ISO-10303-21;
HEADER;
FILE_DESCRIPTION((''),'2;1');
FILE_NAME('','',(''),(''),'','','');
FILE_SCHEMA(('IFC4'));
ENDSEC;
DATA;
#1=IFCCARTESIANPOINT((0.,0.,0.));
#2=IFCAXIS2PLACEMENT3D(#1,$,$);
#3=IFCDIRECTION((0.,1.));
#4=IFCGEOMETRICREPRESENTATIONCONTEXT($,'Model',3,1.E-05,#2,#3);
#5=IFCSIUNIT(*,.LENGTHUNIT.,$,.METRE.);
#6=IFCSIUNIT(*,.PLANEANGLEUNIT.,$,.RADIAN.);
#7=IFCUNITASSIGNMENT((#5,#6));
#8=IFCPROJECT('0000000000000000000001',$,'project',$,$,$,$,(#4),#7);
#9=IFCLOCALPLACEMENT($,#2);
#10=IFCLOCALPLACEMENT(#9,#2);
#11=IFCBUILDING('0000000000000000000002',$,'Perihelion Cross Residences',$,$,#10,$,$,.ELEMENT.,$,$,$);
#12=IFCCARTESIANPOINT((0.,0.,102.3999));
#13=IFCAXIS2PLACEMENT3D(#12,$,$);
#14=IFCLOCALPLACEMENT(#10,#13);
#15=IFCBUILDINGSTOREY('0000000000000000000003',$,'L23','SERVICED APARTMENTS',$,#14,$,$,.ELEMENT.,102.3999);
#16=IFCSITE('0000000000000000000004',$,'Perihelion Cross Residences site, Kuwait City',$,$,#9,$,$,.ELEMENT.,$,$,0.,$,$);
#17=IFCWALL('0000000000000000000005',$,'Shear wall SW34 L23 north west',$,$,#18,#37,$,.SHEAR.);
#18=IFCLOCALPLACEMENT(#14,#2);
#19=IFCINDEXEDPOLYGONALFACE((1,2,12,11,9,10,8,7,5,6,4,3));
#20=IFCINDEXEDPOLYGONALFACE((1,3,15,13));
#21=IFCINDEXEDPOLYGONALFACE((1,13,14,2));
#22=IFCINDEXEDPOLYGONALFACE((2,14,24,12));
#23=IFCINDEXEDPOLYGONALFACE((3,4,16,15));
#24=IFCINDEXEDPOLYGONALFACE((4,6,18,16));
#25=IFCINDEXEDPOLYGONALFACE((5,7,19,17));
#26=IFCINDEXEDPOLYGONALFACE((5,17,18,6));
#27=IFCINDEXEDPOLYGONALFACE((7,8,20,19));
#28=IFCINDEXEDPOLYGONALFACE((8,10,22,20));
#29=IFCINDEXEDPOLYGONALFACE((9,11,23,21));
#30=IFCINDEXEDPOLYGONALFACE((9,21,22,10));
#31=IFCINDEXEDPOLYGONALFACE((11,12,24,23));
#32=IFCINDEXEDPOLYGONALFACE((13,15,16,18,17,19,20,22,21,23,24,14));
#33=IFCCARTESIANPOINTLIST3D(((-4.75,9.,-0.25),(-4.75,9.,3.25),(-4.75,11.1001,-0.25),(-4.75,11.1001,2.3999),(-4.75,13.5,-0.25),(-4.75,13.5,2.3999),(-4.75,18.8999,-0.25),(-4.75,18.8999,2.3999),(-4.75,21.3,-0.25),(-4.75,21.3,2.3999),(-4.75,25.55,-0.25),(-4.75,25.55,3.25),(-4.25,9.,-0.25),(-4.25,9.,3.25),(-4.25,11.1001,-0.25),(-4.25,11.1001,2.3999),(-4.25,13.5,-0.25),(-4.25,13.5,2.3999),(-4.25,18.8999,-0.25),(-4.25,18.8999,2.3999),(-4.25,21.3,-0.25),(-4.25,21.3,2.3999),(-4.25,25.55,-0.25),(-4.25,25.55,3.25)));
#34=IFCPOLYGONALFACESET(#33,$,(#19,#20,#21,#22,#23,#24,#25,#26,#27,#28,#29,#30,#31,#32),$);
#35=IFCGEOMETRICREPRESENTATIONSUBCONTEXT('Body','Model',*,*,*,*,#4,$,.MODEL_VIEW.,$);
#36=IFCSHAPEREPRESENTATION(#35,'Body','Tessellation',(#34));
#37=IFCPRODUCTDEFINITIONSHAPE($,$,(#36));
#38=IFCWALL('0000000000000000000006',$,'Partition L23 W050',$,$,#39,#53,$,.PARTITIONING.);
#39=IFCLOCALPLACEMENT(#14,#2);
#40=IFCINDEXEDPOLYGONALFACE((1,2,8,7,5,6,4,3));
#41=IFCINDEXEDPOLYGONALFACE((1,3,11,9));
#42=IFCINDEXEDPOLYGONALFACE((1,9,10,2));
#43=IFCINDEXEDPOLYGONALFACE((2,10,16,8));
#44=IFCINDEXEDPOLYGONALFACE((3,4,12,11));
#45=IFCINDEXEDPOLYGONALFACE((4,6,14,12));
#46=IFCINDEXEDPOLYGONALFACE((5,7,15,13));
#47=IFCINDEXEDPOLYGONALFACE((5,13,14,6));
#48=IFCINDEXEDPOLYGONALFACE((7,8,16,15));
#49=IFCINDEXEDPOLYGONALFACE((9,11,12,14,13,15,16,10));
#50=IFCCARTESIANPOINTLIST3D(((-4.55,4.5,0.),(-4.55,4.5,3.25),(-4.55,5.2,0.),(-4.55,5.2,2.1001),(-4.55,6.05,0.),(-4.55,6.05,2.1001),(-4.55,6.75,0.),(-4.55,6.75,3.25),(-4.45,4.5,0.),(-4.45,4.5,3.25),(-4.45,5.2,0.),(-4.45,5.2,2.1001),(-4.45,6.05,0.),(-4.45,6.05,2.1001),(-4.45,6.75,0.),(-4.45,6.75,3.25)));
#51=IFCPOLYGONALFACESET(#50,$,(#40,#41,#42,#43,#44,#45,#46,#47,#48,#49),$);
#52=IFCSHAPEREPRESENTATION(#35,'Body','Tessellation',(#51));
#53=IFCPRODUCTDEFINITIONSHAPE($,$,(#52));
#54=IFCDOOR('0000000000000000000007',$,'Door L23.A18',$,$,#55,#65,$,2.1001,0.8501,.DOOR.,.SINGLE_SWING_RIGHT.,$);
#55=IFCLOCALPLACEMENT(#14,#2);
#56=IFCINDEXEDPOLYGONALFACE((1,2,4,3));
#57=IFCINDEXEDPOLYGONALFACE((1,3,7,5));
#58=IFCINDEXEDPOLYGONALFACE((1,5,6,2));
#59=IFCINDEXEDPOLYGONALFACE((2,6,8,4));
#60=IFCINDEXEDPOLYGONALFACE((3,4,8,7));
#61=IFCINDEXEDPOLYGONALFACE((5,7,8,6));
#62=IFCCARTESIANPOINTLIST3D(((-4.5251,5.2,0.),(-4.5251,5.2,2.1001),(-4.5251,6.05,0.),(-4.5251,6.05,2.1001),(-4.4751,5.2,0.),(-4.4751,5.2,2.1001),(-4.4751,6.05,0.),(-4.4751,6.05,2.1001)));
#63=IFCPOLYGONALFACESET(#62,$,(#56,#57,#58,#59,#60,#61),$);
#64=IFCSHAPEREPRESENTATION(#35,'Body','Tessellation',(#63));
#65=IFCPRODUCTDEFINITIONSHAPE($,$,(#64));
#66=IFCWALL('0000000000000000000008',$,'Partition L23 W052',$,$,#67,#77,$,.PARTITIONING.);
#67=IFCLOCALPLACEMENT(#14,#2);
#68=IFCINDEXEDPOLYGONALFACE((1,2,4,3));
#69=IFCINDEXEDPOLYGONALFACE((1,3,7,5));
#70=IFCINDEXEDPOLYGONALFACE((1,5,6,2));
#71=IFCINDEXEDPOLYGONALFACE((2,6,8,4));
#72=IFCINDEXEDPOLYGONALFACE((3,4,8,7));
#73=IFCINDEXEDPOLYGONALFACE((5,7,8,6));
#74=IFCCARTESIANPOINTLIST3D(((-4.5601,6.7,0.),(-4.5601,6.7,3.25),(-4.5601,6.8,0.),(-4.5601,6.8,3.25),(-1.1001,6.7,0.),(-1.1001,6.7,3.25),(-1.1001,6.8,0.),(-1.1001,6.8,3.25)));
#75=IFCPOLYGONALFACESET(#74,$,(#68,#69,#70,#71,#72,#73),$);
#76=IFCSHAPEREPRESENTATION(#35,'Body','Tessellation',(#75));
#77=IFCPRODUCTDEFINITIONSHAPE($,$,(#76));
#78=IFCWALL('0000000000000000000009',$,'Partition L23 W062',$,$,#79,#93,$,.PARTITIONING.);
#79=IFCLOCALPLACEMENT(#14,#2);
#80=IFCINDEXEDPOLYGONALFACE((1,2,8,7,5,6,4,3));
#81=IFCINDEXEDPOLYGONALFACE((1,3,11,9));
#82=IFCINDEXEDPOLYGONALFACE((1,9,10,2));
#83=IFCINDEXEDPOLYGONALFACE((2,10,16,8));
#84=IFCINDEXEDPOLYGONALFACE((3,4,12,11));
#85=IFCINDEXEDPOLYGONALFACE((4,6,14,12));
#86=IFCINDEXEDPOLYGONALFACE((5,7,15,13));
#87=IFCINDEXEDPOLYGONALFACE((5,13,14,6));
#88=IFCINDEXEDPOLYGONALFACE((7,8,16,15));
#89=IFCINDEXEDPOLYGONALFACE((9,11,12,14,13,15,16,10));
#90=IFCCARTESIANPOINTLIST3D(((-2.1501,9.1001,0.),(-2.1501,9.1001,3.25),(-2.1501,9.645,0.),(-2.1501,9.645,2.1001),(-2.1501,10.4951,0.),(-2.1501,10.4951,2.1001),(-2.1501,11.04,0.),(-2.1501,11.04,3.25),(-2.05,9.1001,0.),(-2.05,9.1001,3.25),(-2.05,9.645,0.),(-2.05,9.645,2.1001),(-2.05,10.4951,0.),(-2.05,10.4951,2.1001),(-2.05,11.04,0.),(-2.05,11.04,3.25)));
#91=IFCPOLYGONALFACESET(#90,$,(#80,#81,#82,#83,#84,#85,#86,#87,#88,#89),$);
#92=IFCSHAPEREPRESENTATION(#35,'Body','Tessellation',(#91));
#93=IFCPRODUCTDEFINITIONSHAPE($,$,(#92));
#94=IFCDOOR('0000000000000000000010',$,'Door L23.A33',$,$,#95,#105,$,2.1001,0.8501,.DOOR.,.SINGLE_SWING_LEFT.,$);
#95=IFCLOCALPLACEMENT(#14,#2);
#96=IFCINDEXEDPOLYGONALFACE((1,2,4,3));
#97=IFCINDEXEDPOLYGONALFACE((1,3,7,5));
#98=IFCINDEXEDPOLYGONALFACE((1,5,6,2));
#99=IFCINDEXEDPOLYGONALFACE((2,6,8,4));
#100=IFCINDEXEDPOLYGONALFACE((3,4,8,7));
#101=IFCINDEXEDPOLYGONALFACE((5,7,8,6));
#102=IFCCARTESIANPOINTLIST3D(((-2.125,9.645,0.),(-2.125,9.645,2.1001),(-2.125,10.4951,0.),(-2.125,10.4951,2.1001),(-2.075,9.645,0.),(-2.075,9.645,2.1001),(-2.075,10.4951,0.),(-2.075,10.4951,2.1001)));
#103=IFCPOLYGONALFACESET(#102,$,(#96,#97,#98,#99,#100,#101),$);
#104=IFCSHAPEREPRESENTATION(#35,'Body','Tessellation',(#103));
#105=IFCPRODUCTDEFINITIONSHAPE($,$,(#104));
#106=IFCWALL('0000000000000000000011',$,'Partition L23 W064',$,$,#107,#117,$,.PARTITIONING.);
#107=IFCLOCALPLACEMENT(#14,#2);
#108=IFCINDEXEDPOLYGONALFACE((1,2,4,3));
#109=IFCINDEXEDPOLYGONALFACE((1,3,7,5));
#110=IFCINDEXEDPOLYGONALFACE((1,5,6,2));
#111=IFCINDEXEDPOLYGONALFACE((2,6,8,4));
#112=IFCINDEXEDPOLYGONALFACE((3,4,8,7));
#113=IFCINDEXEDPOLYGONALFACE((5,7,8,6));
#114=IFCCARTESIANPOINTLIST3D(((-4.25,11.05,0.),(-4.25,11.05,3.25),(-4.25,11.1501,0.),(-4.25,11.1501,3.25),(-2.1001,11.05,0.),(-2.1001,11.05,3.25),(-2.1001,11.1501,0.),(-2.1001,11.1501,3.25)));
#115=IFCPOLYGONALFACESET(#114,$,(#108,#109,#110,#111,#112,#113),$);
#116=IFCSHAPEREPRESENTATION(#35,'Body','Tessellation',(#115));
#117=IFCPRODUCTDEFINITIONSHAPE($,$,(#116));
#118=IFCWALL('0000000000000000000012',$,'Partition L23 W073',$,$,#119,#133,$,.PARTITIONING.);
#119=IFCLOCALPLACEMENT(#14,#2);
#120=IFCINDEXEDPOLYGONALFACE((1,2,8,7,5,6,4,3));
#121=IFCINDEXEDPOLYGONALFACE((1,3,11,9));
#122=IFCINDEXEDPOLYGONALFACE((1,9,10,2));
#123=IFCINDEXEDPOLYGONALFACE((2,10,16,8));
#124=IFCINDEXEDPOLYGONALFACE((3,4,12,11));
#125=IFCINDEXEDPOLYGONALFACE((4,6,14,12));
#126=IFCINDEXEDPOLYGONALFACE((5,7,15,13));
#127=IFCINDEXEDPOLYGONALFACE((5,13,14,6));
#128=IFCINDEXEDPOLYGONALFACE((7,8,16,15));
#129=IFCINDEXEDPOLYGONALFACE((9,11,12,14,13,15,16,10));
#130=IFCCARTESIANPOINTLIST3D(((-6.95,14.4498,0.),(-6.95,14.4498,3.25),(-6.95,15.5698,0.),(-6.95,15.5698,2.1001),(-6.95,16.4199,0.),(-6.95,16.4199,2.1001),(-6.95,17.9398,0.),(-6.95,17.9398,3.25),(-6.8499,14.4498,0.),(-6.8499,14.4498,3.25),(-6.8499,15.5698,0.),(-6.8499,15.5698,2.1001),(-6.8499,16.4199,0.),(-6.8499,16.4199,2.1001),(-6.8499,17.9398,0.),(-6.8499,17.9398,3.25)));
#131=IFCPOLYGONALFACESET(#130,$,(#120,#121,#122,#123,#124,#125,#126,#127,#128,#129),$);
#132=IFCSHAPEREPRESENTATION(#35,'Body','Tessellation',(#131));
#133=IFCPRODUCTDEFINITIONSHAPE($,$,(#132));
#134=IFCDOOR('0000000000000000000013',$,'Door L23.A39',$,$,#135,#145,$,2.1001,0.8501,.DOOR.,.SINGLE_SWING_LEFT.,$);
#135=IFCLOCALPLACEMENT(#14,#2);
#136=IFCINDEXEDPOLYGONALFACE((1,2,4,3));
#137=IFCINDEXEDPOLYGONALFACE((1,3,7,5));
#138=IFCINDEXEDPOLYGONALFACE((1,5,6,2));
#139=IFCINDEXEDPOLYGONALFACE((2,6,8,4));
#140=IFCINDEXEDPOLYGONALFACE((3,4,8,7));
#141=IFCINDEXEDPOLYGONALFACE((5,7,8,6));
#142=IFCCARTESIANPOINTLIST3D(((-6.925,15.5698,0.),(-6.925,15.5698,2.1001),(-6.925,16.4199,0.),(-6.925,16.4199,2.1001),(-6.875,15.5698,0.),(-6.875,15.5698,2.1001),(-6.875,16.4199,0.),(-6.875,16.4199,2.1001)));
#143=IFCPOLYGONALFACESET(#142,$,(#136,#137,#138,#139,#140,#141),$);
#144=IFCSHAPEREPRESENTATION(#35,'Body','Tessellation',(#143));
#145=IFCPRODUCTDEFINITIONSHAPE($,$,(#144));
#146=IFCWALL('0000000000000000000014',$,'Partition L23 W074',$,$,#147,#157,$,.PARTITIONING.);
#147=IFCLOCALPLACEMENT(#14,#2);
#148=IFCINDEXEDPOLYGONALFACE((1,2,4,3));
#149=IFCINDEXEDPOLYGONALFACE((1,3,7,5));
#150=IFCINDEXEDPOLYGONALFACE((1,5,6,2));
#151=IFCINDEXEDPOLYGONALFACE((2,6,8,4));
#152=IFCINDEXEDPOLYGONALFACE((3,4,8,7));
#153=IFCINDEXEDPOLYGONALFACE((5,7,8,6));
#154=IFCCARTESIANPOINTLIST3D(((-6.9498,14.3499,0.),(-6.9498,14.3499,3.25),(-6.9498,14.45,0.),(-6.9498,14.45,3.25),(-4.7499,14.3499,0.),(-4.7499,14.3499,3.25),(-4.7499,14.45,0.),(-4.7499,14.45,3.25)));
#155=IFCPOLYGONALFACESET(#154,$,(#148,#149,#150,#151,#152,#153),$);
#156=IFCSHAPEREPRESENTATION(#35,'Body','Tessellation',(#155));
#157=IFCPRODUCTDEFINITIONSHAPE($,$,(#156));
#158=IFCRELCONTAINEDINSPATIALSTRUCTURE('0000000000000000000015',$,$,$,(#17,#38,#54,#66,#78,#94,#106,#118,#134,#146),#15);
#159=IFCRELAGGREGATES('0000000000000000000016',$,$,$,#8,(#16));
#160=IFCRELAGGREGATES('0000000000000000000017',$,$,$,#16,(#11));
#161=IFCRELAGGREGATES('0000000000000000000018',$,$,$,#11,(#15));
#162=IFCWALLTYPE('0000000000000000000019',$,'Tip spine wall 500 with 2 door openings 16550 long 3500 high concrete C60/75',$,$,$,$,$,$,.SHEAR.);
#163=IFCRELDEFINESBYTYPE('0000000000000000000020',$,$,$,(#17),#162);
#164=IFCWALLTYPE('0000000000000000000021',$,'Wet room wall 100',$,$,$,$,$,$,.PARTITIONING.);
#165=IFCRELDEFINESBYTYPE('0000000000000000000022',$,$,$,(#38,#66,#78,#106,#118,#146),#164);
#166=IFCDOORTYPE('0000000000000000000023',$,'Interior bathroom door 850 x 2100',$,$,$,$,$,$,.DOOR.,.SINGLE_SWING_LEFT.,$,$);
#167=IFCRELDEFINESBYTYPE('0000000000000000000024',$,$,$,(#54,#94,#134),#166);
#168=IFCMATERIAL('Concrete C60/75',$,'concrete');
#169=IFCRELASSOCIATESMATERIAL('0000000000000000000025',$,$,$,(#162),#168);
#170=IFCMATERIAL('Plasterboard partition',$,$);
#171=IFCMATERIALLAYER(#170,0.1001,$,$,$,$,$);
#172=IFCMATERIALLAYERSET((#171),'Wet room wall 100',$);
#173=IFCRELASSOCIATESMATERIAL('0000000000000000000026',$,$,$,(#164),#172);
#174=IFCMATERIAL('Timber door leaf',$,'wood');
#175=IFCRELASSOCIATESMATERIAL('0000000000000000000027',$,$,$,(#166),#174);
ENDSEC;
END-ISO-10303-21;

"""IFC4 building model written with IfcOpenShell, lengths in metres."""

from ifc_helpers import new_model, si_unit, direction, frame, frame_2d, origin, place, context, subcontext, project, spatial, polyline, rectangle, outline, extrude, material, layer, layer_set, material_profile, profile_set, type_object, element, fill, save


model = new_model("IFC4")

# Units and contexts
model_context = context("Model", 3, precision=1e-05, world=origin(), true_north=direction((0.0, 1.0)))
body_context = subcontext(model_context, "Body", "Model", "MODEL_VIEW")
ifc_project = project(units=[si_unit("LENGTHUNIT", "METRE"), si_unit("PLANEANGLEUNIT", "RADIAN")], contexts=[model_context])

# Site, building, storey
site_placement = place(None, origin())
site = spatial("IfcSite", under=ifc_project, at=site_placement, Name="Perihelion Cross Residences site, Kuwait City", CompositionType="ELEMENT", RefElevation=0.0)
building_placement = place(site_placement, origin())
building = spatial("IfcBuilding", under=site, at=building_placement, Name="Perihelion Cross Residences", CompositionType="ELEMENT")
storey_placement = place(building_placement, frame((0.0, 0.0, 102.3999)))
storey = spatial("IfcBuildingStorey", under=building, at=storey_placement, Name="L23", Description="SERVICED APARTMENTS", CompositionType="ELEMENT", Elevation=102.3999)

# Wall
ifc_material_1 = material(Name="Concrete C60/75", Category="concrete")
ifc_material_profile_1 = material_profile(ifc_material_1, outline(polyline([(0.0, 0.0), (2.1001, 0.0), (2.1001, 2.6499), (4.5, 2.6499), (4.5, 0.0), (9.8999, 0.0), (9.8999, 2.6499), (12.3, 2.6499), (12.3, 0.0), (16.55, 0.0), (16.55, 3.5), (0.0, 3.5), (0.0, 0.0)])), Name="Tip spine wall")
ifc_profile_set_1 = profile_set([ifc_material_profile_1], Name="Concrete C60/75")
wall_type_1 = type_object("IfcWallType", Name="Tip spine wall 500 with 2 door openings 16550 long 3500 high concrete C60/75", PredefinedType="SHEAR", material=ifc_profile_set_1)
wall_1_placement = place(storey_placement, frame((-4.75, 9.0, -0.25), z_axis=(1.0, 0.0, 0.0), x_axis=(0.0, 1.0, 0.0)))
element("IfcWall", 1, at=wall_1_placement, inside=storey, type_object=wall_type_1, Name="Shear wall SW34 L23 north west", PredefinedType="SHEAR", context=body_context, shape_type="SweptSolid", body=[
    extrude(outline(polyline([(0.0, 0.0), (2.1001, 0.0), (2.1001, 2.6499), (4.5, 2.6499), (4.5, 0.0), (9.8999, 0.0), (9.8999, 2.6499), (12.3, 2.6499), (12.3, 0.0), (16.55, 0.0), (16.55, 3.5), (0.0, 3.5), (0.0, 0.0)])), origin(), (0.0, 0.0, 1.0), 0.5),
])

# Wall, opening, door
ifc_material_2 = material(Name="Plasterboard partition")
ifc_layer_1 = layer(ifc_material_2, 0.1001)
ifc_layer_set_1 = layer_set([ifc_layer_1], Name="Wet room wall 100")
wall_type_2 = type_object("IfcWallType", Name="Wet room wall 100", PredefinedType="PARTITIONING", material=ifc_layer_set_1)
wall_2_placement = place(storey_placement, frame((-4.5, 6.75, 0.0), z_axis=(0.0, 0.0, 1.0), x_axis=(0.0, -1.0, 0.0)))
wall_2 = element("IfcWall", 2, at=wall_2_placement, inside=storey, type_object=wall_type_2, Name="Partition L23 W050", PredefinedType="PARTITIONING", context=body_context, shape_type="SweptSolid", body=[
    extrude(rectangle(XDim=2.25, YDim=0.1001, at=frame_2d((1.125, 0.0))), origin(), (0.0, 0.0, 1.0), 3.25),
])
opening_1_placement = place(wall_2_placement, frame((0.7, 0.0, 0.0)))
opening_1 = element("IfcOpeningElement", 3, at=opening_1_placement, cuts=wall_2, PredefinedType="OPENING", context=body_context, shape_type="SweptSolid", body=[
    extrude(rectangle(XDim=0.8501, YDim=2.1001, at=frame_2d((0.425, 1.05))), frame((0.0, 0.0601, 0.0), z_axis=(0.0, -1.0, 0.0), x_axis=(1.0, 0.0, 0.0)), (0.0, 0.0, 1.0), 0.1201),
])
ifc_material_3 = material(Name="Timber door leaf", Category="wood")
door_type_1 = type_object("IfcDoorType", Name="Interior bathroom door 850 x 2100", OperationType="SINGLE_SWING_LEFT", PredefinedType="DOOR", material=ifc_material_3)
door_1_placement = place(opening_1_placement, origin())
door_1 = element("IfcDoor", 4, at=door_1_placement, inside=storey, type_object=door_type_1, Name="Door L23.A18", OperationType="SINGLE_SWING_RIGHT", OverallHeight=2.1001, OverallWidth=0.8501, PredefinedType="DOOR", context=body_context, shape_type="SweptSolid", body=[
    extrude(rectangle(XDim=0.8501, YDim=2.1001, at=frame_2d((0.425, 1.05))), frame((0.0, 0.0249, 0.0), z_axis=(0.0, -1.0, 0.0), x_axis=(1.0, 0.0, 0.0)), (0.0, 0.0, 1.0), 0.05),
])
fill(opening_1, door_1)

# Wall
wall_3_placement = place(storey_placement, frame((-4.5601, 6.75, 0.0), z_axis=(0.0, 0.0, 1.0), x_axis=(1.0, 0.0, 0.0)))
element("IfcWall", 5, at=wall_3_placement, inside=storey, type_object=wall_type_2, Name="Partition L23 W052", PredefinedType="PARTITIONING", context=body_context, shape_type="SweptSolid", body=[
    extrude(rectangle(XDim=3.46, YDim=0.1001, at=frame_2d((1.73, 0.0))), origin(), (0.0, 0.0, 1.0), 3.25),
])

# Wall, opening, door
wall_4_placement = place(storey_placement, frame((-2.1001, 9.1001, 0.0), z_axis=(0.0, 0.0, 1.0), x_axis=(0.0, 1.0, 0.0)))
wall_4 = element("IfcWall", 6, at=wall_4_placement, inside=storey, type_object=wall_type_2, Name="Partition L23 W062", PredefinedType="PARTITIONING", context=body_context, shape_type="SweptSolid", body=[
    extrude(rectangle(XDim=1.9399, YDim=0.1001, at=frame_2d((0.97, 0.0))), origin(), (0.0, 0.0, 1.0), 3.25),
])
opening_2_placement = place(wall_4_placement, frame((0.5449, 0.0, 0.0)))
opening_2 = element("IfcOpeningElement", 7, at=opening_2_placement, cuts=wall_4, PredefinedType="OPENING", context=body_context, shape_type="SweptSolid", body=[
    extrude(rectangle(XDim=0.8501, YDim=2.1001, at=frame_2d((0.425, 1.05))), frame((0.0, 0.0601, 0.0), z_axis=(0.0, -1.0, 0.0), x_axis=(1.0, 0.0, 0.0)), (0.0, 0.0, 1.0), 0.1201),
])
door_2_placement = place(opening_2_placement, origin())
door_2 = element("IfcDoor", 8, at=door_2_placement, inside=storey, type_object=door_type_1, Name="Door L23.A33", OperationType="SINGLE_SWING_LEFT", OverallHeight=2.1001, OverallWidth=0.8501, PredefinedType="DOOR", context=body_context, shape_type="SweptSolid", body=[
    extrude(rectangle(XDim=0.8501, YDim=2.1001, at=frame_2d((0.425, 1.05))), frame((0.0, 0.0249, 0.0), z_axis=(0.0, -1.0, 0.0), x_axis=(1.0, 0.0, 0.0)), (0.0, 0.0, 1.0), 0.05),
])
fill(opening_2, door_2)

# Wall
wall_5_placement = place(storey_placement, frame((-4.25, 11.1001, 0.0), z_axis=(0.0, 0.0, 1.0), x_axis=(1.0, 0.0, 0.0)))
element("IfcWall", 9, at=wall_5_placement, inside=storey, type_object=wall_type_2, Name="Partition L23 W064", PredefinedType="PARTITIONING", context=body_context, shape_type="SweptSolid", body=[
    extrude(rectangle(XDim=2.1499, YDim=0.1001, at=frame_2d((1.075, 0.0))), origin(), (0.0, 0.0, 1.0), 3.25),
])

# Wall, opening, door
wall_6_placement = place(storey_placement, frame((-6.8999, 17.9399, 0.0), z_axis=(0.0, 0.0, 1.0), x_axis=(0.0, -1.0, 0.0)))
wall_6 = element("IfcWall", 10, at=wall_6_placement, inside=storey, type_object=wall_type_2, Name="Partition L23 W073", PredefinedType="PARTITIONING", context=body_context, shape_type="SweptSolid", body=[
    extrude(rectangle(XDim=3.49, YDim=0.1001, at=frame_2d((1.7451, 0.0))), origin(), (0.0, 0.0, 1.0), 3.25),
])
opening_3_placement = place(wall_6_placement, frame((1.52, 0.0, 0.0)))
opening_3 = element("IfcOpeningElement", 11, at=opening_3_placement, cuts=wall_6, PredefinedType="OPENING", context=body_context, shape_type="SweptSolid", body=[
    extrude(rectangle(XDim=0.8501, YDim=2.1001, at=frame_2d((0.425, 1.05))), frame((0.0, 0.0601, 0.0), z_axis=(0.0, -1.0, 0.0), x_axis=(1.0, 0.0, 0.0)), (0.0, 0.0, 1.0), 0.1201),
])
door_3_placement = place(opening_3_placement, origin())
door_3 = element("IfcDoor", 12, at=door_3_placement, inside=storey, type_object=door_type_1, Name="Door L23.A39", OperationType="SINGLE_SWING_LEFT", OverallHeight=2.1001, OverallWidth=0.8501, PredefinedType="DOOR", context=body_context, shape_type="SweptSolid", body=[
    extrude(rectangle(XDim=0.8501, YDim=2.1001, at=frame_2d((0.425, 1.05))), frame((0.0, 0.0249, 0.0), z_axis=(0.0, -1.0, 0.0), x_axis=(1.0, 0.0, 0.0)), (0.0, 0.0, 1.0), 0.05),
])
fill(opening_3, door_3)

# Wall
wall_7_placement = place(storey_placement, frame((-6.95, 14.3999, 0.0), z_axis=(0.0, 0.0, 1.0), x_axis=(1.0, 0.0, 0.0)))
element("IfcWall", 13, at=wall_7_placement, inside=storey, type_object=wall_type_2, Name="Partition L23 W074", PredefinedType="PARTITIONING", context=body_context, shape_type="SweptSolid", body=[
    extrude(rectangle(XDim=2.2, YDim=0.1001, at=frame_2d((1.1001, 0.0))), origin(), (0.0, 0.0, 1.0), 3.25),
])

save(model, "model.ifc")
